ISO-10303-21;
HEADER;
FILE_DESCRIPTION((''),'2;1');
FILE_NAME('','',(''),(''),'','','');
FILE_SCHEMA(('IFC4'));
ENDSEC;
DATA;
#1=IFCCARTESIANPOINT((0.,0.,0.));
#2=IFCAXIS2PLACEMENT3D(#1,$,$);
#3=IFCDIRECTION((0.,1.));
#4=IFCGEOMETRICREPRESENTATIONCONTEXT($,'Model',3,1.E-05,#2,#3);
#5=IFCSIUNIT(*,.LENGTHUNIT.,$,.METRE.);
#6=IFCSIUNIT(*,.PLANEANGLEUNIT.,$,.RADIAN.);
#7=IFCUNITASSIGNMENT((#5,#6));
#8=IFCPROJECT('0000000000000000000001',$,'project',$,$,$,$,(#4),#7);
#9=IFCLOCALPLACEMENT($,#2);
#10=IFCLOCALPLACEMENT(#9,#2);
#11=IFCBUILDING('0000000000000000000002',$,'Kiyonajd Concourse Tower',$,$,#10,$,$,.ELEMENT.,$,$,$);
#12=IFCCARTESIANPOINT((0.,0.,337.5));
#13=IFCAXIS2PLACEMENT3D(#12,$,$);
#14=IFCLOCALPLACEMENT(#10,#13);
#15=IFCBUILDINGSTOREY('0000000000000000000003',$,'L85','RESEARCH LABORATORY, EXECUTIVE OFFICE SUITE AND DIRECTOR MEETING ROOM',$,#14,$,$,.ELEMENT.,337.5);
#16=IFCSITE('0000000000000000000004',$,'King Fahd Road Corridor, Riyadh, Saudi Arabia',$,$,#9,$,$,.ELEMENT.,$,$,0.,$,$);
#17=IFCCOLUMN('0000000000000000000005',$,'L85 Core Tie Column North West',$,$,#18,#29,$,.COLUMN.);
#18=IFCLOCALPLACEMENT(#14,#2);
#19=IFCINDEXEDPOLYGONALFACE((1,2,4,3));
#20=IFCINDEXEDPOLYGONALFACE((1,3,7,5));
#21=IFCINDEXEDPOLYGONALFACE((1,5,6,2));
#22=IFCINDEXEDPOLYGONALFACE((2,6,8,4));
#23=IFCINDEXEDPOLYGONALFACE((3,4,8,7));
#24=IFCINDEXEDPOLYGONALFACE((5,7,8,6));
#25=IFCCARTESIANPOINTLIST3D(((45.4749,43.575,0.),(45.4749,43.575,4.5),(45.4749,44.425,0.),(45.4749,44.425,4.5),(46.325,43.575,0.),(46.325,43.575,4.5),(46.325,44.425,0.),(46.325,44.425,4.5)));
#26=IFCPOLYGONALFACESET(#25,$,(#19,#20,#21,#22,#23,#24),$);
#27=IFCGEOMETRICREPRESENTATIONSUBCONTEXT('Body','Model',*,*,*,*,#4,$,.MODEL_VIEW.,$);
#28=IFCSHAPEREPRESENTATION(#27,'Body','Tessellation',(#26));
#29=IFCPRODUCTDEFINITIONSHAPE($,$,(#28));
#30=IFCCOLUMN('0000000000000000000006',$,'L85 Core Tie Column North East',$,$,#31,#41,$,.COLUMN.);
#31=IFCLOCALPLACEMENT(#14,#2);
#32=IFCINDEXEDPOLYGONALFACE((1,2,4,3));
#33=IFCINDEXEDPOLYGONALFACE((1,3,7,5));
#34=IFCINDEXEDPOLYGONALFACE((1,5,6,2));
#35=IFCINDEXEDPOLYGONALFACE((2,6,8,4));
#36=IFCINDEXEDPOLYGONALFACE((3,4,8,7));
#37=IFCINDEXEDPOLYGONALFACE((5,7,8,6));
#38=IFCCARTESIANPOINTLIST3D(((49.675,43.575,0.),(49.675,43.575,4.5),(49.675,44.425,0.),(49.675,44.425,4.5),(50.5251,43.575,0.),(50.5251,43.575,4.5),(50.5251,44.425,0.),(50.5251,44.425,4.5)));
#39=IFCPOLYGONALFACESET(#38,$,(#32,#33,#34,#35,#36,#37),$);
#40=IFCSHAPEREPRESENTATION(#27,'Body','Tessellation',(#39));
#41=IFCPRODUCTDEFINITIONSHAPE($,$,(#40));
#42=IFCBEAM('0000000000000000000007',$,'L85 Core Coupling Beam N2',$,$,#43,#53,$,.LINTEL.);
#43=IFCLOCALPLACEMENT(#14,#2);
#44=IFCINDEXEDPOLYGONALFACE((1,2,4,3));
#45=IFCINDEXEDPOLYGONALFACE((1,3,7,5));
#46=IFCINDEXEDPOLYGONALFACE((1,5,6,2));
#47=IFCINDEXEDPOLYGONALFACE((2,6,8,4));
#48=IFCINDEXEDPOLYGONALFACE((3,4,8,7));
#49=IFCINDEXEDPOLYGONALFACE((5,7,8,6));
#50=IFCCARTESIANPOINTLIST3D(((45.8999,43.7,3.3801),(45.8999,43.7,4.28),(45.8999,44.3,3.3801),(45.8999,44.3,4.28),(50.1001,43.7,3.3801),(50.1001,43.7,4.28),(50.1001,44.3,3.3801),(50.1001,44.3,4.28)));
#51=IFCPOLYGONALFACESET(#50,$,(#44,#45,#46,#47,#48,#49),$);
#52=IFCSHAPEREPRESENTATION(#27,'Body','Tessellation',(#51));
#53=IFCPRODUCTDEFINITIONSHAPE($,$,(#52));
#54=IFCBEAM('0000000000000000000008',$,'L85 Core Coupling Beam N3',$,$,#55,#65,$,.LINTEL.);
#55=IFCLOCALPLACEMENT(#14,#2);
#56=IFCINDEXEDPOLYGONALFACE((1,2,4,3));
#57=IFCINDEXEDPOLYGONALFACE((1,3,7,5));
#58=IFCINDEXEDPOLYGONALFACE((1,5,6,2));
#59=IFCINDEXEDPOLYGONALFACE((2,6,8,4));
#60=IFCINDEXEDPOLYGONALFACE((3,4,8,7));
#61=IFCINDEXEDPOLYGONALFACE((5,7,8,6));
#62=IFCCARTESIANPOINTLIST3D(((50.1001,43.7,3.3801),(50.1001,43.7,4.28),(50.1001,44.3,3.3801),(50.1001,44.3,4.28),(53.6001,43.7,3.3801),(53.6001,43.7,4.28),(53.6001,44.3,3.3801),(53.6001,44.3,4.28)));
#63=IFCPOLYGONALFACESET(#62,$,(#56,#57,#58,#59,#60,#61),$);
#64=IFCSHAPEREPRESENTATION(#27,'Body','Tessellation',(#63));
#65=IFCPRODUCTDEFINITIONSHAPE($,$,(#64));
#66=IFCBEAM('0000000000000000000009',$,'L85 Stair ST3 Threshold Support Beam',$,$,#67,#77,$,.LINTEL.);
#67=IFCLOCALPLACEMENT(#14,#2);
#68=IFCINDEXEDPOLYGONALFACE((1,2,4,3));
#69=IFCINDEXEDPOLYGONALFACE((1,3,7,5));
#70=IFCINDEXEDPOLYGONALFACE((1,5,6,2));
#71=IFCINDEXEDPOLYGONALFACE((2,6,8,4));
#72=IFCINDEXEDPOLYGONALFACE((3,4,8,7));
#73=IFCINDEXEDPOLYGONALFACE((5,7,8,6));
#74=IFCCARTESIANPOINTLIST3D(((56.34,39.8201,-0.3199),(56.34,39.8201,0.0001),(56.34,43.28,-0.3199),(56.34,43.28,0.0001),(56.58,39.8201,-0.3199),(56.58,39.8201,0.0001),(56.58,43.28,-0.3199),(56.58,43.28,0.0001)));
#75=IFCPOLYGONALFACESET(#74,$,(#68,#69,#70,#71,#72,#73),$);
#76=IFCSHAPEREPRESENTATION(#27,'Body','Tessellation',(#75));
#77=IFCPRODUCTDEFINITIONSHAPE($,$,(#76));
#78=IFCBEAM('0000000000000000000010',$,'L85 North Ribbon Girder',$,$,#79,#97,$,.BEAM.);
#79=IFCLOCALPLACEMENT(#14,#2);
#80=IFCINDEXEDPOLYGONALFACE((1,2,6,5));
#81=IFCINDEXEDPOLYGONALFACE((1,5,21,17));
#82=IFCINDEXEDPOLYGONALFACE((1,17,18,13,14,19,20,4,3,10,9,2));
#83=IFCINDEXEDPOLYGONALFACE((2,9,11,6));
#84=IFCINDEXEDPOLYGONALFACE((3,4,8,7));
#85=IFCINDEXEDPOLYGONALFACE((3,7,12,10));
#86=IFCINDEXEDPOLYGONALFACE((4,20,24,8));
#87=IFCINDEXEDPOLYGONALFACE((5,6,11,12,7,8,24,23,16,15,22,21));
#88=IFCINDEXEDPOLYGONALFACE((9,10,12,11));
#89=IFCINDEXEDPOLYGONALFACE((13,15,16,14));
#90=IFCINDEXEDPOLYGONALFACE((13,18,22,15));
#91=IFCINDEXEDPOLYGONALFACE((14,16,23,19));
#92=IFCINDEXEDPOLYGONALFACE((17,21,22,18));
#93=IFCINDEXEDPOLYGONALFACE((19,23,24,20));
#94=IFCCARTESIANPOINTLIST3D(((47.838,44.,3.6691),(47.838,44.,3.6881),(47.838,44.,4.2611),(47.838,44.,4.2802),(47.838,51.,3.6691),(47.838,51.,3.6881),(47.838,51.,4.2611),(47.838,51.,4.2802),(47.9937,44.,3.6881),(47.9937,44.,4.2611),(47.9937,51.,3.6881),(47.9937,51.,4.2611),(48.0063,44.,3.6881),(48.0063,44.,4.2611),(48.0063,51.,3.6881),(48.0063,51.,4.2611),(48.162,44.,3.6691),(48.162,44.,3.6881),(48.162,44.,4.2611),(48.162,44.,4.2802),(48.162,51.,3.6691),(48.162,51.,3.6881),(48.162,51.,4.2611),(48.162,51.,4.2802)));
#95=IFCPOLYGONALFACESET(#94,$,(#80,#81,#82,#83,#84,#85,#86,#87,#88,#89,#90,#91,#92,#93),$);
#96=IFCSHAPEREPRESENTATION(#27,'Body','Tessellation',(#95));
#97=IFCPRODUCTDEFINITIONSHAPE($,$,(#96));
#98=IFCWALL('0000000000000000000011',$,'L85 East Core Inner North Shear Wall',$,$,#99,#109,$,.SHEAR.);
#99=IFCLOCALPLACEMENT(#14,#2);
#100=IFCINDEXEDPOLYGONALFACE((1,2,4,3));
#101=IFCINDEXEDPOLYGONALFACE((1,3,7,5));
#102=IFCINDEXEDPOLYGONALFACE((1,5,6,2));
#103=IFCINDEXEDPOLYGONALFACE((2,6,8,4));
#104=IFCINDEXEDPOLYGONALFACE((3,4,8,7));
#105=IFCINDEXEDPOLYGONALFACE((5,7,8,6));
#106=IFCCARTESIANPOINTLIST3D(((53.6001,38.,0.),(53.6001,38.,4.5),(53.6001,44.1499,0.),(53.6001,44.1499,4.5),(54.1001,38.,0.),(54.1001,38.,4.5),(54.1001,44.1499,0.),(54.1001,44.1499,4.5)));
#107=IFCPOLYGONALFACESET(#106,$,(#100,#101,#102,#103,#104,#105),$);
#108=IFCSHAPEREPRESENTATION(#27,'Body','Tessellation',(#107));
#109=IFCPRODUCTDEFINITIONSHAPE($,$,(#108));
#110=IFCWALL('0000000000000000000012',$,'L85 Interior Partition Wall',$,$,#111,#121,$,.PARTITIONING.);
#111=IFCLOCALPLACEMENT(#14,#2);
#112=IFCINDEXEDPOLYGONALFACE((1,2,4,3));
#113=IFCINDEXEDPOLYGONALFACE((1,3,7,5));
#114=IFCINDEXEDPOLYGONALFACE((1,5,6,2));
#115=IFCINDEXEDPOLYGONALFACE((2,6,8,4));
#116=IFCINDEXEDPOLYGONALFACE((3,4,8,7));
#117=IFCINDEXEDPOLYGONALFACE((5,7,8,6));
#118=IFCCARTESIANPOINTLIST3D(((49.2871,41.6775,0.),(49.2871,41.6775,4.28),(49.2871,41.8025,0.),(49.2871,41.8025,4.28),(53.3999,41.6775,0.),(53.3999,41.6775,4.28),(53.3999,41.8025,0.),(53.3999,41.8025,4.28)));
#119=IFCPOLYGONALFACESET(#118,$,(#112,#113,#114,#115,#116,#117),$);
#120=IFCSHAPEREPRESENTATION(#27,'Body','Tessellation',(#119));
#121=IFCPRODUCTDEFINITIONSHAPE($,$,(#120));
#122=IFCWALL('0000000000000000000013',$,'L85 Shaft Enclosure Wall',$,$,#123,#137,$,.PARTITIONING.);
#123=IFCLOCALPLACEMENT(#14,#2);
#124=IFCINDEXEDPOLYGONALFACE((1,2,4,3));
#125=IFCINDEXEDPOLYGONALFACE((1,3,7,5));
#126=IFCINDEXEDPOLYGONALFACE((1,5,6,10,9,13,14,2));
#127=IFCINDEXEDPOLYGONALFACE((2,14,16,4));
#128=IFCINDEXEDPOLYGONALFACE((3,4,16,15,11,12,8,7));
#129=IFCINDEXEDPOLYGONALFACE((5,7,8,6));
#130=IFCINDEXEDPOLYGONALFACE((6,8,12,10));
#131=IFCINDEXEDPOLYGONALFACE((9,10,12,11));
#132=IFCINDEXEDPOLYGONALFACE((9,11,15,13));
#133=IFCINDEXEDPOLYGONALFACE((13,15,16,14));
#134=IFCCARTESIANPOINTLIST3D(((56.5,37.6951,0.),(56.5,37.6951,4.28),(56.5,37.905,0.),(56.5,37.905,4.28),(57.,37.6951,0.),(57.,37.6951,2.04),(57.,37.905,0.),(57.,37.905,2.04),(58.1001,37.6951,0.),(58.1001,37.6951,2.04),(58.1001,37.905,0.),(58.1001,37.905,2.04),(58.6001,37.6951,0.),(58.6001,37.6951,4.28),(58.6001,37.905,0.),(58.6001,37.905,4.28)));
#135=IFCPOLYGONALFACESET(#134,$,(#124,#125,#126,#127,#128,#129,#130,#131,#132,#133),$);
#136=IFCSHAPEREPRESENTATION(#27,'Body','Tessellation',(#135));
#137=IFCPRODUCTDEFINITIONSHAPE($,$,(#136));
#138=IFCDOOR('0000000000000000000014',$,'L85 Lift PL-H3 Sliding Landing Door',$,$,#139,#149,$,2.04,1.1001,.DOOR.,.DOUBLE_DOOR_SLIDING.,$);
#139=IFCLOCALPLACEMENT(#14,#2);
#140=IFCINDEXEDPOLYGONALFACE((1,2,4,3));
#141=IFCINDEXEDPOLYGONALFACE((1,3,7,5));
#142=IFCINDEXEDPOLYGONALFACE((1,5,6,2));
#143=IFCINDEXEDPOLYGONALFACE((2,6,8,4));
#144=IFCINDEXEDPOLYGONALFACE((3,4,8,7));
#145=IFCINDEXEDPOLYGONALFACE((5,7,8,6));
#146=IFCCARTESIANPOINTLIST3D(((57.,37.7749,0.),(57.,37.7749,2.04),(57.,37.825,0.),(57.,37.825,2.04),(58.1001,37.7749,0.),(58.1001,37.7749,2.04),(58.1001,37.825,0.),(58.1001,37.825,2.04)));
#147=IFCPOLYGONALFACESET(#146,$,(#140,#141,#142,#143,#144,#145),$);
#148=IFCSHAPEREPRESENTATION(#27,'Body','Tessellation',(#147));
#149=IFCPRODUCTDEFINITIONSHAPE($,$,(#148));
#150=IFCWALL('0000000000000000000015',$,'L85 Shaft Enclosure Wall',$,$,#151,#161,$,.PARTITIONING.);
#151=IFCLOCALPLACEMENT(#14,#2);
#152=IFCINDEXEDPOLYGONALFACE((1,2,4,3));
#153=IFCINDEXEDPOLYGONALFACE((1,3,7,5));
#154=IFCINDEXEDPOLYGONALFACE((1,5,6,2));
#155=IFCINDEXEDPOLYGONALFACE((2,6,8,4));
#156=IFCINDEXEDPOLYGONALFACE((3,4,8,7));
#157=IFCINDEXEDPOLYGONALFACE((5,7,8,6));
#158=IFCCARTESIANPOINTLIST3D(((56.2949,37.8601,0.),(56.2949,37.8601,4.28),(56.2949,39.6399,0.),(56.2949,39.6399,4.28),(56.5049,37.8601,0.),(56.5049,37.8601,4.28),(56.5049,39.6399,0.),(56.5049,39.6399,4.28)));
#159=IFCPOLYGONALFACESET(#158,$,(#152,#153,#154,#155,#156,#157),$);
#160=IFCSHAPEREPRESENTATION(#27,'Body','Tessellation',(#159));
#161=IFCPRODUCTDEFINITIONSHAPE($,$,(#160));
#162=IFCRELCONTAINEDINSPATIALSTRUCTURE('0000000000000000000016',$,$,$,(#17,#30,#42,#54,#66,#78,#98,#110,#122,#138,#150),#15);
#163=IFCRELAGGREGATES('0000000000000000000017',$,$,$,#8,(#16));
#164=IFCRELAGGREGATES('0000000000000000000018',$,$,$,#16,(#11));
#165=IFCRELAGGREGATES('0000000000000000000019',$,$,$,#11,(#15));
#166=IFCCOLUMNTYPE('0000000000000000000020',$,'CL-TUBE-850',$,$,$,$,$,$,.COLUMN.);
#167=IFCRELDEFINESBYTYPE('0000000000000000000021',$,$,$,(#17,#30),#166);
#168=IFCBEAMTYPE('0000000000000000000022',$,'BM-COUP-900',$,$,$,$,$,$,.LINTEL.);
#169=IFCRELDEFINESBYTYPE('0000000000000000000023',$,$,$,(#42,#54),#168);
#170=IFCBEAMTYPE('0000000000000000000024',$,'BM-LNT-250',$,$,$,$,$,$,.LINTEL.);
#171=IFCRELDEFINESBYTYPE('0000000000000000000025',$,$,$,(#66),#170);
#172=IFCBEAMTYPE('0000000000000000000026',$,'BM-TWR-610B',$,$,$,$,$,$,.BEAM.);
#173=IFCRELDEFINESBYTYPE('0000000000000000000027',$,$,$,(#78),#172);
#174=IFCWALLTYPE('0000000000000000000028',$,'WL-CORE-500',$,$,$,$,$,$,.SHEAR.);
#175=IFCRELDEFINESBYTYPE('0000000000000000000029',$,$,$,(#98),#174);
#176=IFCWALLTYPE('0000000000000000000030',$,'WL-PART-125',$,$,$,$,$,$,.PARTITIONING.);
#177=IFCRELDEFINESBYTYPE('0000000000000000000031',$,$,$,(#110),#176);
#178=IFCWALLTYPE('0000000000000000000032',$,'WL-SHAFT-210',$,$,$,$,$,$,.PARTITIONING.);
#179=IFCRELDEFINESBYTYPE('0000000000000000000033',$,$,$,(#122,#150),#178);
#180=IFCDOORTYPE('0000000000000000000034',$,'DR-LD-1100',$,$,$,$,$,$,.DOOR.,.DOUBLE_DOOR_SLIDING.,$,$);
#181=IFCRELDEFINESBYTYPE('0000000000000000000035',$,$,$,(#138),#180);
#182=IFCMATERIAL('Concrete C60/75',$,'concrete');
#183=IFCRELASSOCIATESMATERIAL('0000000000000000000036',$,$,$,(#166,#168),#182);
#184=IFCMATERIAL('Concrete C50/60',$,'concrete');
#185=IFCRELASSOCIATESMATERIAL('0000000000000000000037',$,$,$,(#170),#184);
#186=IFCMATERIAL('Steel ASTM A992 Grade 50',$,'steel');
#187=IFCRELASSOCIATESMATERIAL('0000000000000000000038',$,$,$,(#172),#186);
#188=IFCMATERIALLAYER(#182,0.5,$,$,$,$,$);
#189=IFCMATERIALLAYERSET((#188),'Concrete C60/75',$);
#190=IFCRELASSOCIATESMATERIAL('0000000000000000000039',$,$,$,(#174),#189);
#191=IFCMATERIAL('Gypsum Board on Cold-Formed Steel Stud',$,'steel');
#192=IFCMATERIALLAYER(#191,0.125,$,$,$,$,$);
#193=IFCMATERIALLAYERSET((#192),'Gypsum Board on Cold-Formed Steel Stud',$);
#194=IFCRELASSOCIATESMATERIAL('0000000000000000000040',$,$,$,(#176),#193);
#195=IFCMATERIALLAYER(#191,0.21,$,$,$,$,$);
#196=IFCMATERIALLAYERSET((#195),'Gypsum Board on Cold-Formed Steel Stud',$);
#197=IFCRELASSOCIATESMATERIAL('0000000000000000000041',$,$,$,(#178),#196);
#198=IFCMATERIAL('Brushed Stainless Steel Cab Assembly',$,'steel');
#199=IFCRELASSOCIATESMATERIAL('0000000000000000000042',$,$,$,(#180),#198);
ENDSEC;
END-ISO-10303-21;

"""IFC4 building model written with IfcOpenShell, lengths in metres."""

from ifc_helpers import new_model, si_unit, direction, frame, frame_2d, origin, origin_2d, place, context, subcontext, project, spatial, rectangle, i_section, extrude, material, layer, layer_set, material_profile, profile_set, type_object, element, fill, save


model = new_model("IFC4")

# Units and contexts
model_context = context("Model", 3, precision=1e-05, world=origin(), true_north=direction((0.0, 1.0)))
body_context = subcontext(model_context, "Body", "Model", "MODEL_VIEW")
ifc_project = project(units=[si_unit("LENGTHUNIT", "METRE"), si_unit("PLANEANGLEUNIT", "RADIAN")], contexts=[model_context])

# Site, building, storey
site_placement = place(None, origin())
site = spatial("IfcSite", under=ifc_project, at=site_placement, Name="King Fahd Road Corridor, Riyadh, Saudi Arabia", CompositionType="ELEMENT", RefElevation=0.0)
building_placement = place(site_placement, origin())
building = spatial("IfcBuilding", under=site, at=building_placement, Name="Kiyonajd Concourse Tower", CompositionType="ELEMENT")
storey_placement = place(building_placement, frame((0.0, 0.0, 337.5)))
storey = spatial("IfcBuildingStorey", under=building, at=storey_placement, Name="L85", Description="RESEARCH LABORATORY, EXECUTIVE OFFICE SUITE AND DIRECTOR MEETING ROOM", CompositionType="ELEMENT", Elevation=337.5)

# Columns
ifc_material_1 = material(Name="Concrete C60/75", Category="concrete")
ifc_material_profile_1 = material_profile(ifc_material_1, rectangle(XDim=0.8501, YDim=0.8501, at=origin_2d()), Name="RC-850x850")
ifc_profile_set_1 = profile_set([ifc_material_profile_1], Name="Concrete C60/75")
column_type = type_object("IfcColumnType", Name="CL-TUBE-850", PredefinedType="COLUMN", material=ifc_profile_set_1)
for number, where, z_axis, x_axis, name in (
    (1, (45.8999, 44.0, 0.0), (0.0, 0.0, 1.0), (1.0, 0.0, 0.0), "L85 Core Tie Column North West"),
    (2, (50.1001, 44.0, 0.0), (0.0, 0.0, 1.0), (1.0, 0.0, 0.0), "L85 Core Tie Column North East"),
):
    element("IfcColumn", number, at=place(storey_placement, frame(where, z_axis=z_axis, x_axis=x_axis)), inside=storey, type_object=column_type, Name=name, PredefinedType="COLUMN", context=body_context, shape_type="SweptSolid", body=[
        extrude(rectangle(XDim=0.8501, YDim=0.8501, at=origin_2d()), origin(), (0.0, 0.0, 1.0), 4.5),
    ])

# Beams
ifc_material_profile_2 = material_profile(ifc_material_1, rectangle(XDim=0.6001, YDim=0.8999, at=origin_2d()), Name="RCBM-600x900")
ifc_profile_set_2 = profile_set([ifc_material_profile_2], Name="Concrete C60/75")
beam_type_1 = type_object("IfcBeamType", Name="BM-COUP-900", PredefinedType="LINTEL", material=ifc_profile_set_2)
beam_1_placement = place(storey_placement, frame((45.8999, 44.0, 3.8301), z_axis=(1.0, 0.0, 0.0), x_axis=(0.0, 1.0, 0.0)))
element("IfcBeam", 3, at=beam_1_placement, inside=storey, type_object=beam_type_1, Name="L85 Core Coupling Beam N2", PredefinedType="LINTEL", context=body_context, shape_type="SweptSolid", body=[
    extrude(rectangle(XDim=0.6001, YDim=0.8999, at=origin_2d()), origin(), (0.0, 0.0, 1.0), 4.2002),
])
beam_2_placement = place(storey_placement, frame((50.1001, 44.0, 3.8301), z_axis=(1.0, 0.0, 0.0), x_axis=(0.0, 1.0, 0.0)))
element("IfcBeam", 4, at=beam_2_placement, inside=storey, type_object=beam_type_1, Name="L85 Core Coupling Beam N3", PredefinedType="LINTEL", context=body_context, shape_type="SweptSolid", body=[
    extrude(rectangle(XDim=0.6001, YDim=0.8999, at=origin_2d()), origin(), (0.0, 0.0, 1.0), 3.5),
])
ifc_material_2 = material(Name="Concrete C50/60", Category="concrete")
ifc_material_profile_3 = material_profile(ifc_material_2, rectangle(XDim=0.24, YDim=0.3201, at=origin_2d()), Name="RCBM-240x320")
ifc_profile_set_3 = profile_set([ifc_material_profile_3], Name="Concrete C50/60")
beam_type_2 = type_object("IfcBeamType", Name="BM-LNT-250", PredefinedType="LINTEL", material=ifc_profile_set_3)
beam_3_placement = place(storey_placement, frame((56.46, 39.8201, -0.1599), z_axis=(0.0, 1.0, 0.0), x_axis=(-1.0, 0.0, 0.0)))
element("IfcBeam", 5, at=beam_3_placement, inside=storey, type_object=beam_type_2, Name="L85 Stair ST3 Threshold Support Beam", PredefinedType="LINTEL", context=body_context, shape_type="SweptSolid", body=[
    extrude(rectangle(XDim=0.24, YDim=0.3201, at=origin_2d()), origin(), (0.0, 0.0, 1.0), 3.46),
])
ifc_material_3 = material(Name="Steel ASTM A992 Grade 50", Category="steel")
ifc_material_profile_4 = material_profile(ifc_material_3, i_section(OverallWidth=0.324, OverallDepth=0.6111, WebThickness=0.0127, FlangeThickness=0.019, at=origin_2d()), Name="W610X155")
ifc_profile_set_4 = profile_set([ifc_material_profile_4], Name="Steel ASTM A992 Grade 50")
beam_type_3 = type_object("IfcBeamType", Name="BM-TWR-610B", PredefinedType="BEAM", material=ifc_profile_set_4)
beam_4_placement = place(storey_placement, frame((48.0, 44.0, 3.9746), z_axis=(0.0, 1.0, 0.0), x_axis=(-1.0, 0.0, 0.0)))
element("IfcBeam", 6, at=beam_4_placement, inside=storey, type_object=beam_type_3, Name="L85 North Ribbon Girder", PredefinedType="BEAM", context=body_context, shape_type="SweptSolid", body=[
    extrude(i_section(OverallWidth=0.324, OverallDepth=0.6111, WebThickness=0.0127, FlangeThickness=0.019, at=origin_2d()), origin(), (0.0, 0.0, 1.0), 7.0),
])

# Walls
ifc_layer_1 = layer(ifc_material_1, 0.5)
ifc_layer_set_1 = layer_set([ifc_layer_1], Name="Concrete C60/75")
wall_type_1 = type_object("IfcWallType", Name="WL-CORE-500", PredefinedType="SHEAR", material=ifc_layer_set_1)
wall_1_placement = place(storey_placement, frame((53.8501, 38.0, 0.0), z_axis=(0.0, 0.0, 1.0), x_axis=(0.0, 1.0, 0.0)))
element("IfcWall", 7, at=wall_1_placement, inside=storey, type_object=wall_type_1, Name="L85 East Core Inner North Shear Wall", PredefinedType="SHEAR", context=body_context, shape_type="SweptSolid", body=[
    extrude(rectangle(XDim=6.1499, YDim=0.5, at=frame_2d((3.075, 0.0))), origin(), (0.0, 0.0, 1.0), 4.5),
])
ifc_material_4 = material(Name="Gypsum Board on Cold-Formed Steel Stud", Category="steel")
ifc_layer_2 = layer(ifc_material_4, 0.125)
ifc_layer_set_2 = layer_set([ifc_layer_2], Name="Gypsum Board on Cold-Formed Steel Stud")
wall_type_2 = type_object("IfcWallType", Name="WL-PART-125", PredefinedType="PARTITIONING", material=ifc_layer_set_2)
wall_2_placement = place(storey_placement, frame((49.2871, 41.74, 0.0), z_axis=(0.0, 0.0, 1.0), x_axis=(1.0, 0.0, 0.0)))
element("IfcWall", 8, at=wall_2_placement, inside=storey, type_object=wall_type_2, Name="L85 Interior Partition Wall", PredefinedType="PARTITIONING", context=body_context, shape_type="SweptSolid", body=[
    extrude(rectangle(XDim=4.1128, YDim=0.125, at=frame_2d((2.0564, 0.0))), origin(), (0.0, 0.0, 1.0), 4.28),
])

# Wall, opening, door
ifc_layer_3 = layer(ifc_material_4, 0.21)
ifc_layer_set_3 = layer_set([ifc_layer_3], Name="Gypsum Board on Cold-Formed Steel Stud")
wall_type_3 = type_object("IfcWallType", Name="WL-SHAFT-210", PredefinedType="PARTITIONING", material=ifc_layer_set_3)
wall_3_placement = place(storey_placement, frame((56.5, 37.8, 0.0), z_axis=(0.0, 0.0, 1.0), x_axis=(1.0, 0.0, 0.0)))
wall_3 = element("IfcWall", 9, at=wall_3_placement, inside=storey, type_object=wall_type_3, Name="L85 Shaft Enclosure Wall", PredefinedType="PARTITIONING", context=body_context, shape_type="SweptSolid", body=[
    extrude(rectangle(XDim=2.1001, YDim=0.21, at=frame_2d((1.05, 0.0))), origin(), (0.0, 0.0, 1.0), 4.28),
])
opening_1_placement = place(wall_3_placement, frame((0.5, 0.0, 0.0)))
opening_1 = element("IfcOpeningElement", 10, at=opening_1_placement, cuts=wall_3, PredefinedType="OPENING", context=body_context, shape_type="SweptSolid", body=[
    extrude(rectangle(XDim=1.1001, YDim=2.04, at=frame_2d((0.55, 1.02))), frame((0.0, 0.115, 0.0), z_axis=(0.0, -1.0, 0.0), x_axis=(1.0, 0.0, 0.0)), (0.0, 0.0, 1.0), 0.23),
])
ifc_material_5 = material(Name="Brushed Stainless Steel Cab Assembly", Category="steel")
door_type_1 = type_object("IfcDoorType", Name="DR-LD-1100", OperationType="DOUBLE_DOOR_SLIDING", PredefinedType="DOOR", material=ifc_material_5)
door_1_placement = place(opening_1_placement, origin())
door_1 = element("IfcDoor", 11, at=door_1_placement, inside=storey, type_object=door_type_1, Name="L85 Lift PL-H3 Sliding Landing Door", OperationType="DOUBLE_DOOR_SLIDING", OverallHeight=2.04, OverallWidth=1.1001, PredefinedType="DOOR", context=body_context, shape_type="SweptSolid", body=[
    extrude(rectangle(XDim=1.1001, YDim=2.04, at=frame_2d((0.55, 1.02))), frame((0.0, 0.0249, 0.0), z_axis=(0.0, -1.0, 0.0), x_axis=(1.0, 0.0, 0.0)), (0.0, 0.0, 1.0), 0.05),
])
fill(opening_1, door_1)

# Wall
wall_4_placement = place(storey_placement, frame((56.3999, 37.8601, 0.0), z_axis=(0.0, 0.0, 1.0), x_axis=(0.0, 1.0, 0.0)))
element("IfcWall", 12, at=wall_4_placement, inside=storey, type_object=wall_type_3, Name="L85 Shaft Enclosure Wall", PredefinedType="PARTITIONING", context=body_context, shape_type="SweptSolid", body=[
    extrude(rectangle(XDim=1.7798, YDim=0.21, at=frame_2d((0.8899, 0.0))), origin(), (0.0, 0.0, 1.0), 4.28),
])

save(model, "model.ifc")
